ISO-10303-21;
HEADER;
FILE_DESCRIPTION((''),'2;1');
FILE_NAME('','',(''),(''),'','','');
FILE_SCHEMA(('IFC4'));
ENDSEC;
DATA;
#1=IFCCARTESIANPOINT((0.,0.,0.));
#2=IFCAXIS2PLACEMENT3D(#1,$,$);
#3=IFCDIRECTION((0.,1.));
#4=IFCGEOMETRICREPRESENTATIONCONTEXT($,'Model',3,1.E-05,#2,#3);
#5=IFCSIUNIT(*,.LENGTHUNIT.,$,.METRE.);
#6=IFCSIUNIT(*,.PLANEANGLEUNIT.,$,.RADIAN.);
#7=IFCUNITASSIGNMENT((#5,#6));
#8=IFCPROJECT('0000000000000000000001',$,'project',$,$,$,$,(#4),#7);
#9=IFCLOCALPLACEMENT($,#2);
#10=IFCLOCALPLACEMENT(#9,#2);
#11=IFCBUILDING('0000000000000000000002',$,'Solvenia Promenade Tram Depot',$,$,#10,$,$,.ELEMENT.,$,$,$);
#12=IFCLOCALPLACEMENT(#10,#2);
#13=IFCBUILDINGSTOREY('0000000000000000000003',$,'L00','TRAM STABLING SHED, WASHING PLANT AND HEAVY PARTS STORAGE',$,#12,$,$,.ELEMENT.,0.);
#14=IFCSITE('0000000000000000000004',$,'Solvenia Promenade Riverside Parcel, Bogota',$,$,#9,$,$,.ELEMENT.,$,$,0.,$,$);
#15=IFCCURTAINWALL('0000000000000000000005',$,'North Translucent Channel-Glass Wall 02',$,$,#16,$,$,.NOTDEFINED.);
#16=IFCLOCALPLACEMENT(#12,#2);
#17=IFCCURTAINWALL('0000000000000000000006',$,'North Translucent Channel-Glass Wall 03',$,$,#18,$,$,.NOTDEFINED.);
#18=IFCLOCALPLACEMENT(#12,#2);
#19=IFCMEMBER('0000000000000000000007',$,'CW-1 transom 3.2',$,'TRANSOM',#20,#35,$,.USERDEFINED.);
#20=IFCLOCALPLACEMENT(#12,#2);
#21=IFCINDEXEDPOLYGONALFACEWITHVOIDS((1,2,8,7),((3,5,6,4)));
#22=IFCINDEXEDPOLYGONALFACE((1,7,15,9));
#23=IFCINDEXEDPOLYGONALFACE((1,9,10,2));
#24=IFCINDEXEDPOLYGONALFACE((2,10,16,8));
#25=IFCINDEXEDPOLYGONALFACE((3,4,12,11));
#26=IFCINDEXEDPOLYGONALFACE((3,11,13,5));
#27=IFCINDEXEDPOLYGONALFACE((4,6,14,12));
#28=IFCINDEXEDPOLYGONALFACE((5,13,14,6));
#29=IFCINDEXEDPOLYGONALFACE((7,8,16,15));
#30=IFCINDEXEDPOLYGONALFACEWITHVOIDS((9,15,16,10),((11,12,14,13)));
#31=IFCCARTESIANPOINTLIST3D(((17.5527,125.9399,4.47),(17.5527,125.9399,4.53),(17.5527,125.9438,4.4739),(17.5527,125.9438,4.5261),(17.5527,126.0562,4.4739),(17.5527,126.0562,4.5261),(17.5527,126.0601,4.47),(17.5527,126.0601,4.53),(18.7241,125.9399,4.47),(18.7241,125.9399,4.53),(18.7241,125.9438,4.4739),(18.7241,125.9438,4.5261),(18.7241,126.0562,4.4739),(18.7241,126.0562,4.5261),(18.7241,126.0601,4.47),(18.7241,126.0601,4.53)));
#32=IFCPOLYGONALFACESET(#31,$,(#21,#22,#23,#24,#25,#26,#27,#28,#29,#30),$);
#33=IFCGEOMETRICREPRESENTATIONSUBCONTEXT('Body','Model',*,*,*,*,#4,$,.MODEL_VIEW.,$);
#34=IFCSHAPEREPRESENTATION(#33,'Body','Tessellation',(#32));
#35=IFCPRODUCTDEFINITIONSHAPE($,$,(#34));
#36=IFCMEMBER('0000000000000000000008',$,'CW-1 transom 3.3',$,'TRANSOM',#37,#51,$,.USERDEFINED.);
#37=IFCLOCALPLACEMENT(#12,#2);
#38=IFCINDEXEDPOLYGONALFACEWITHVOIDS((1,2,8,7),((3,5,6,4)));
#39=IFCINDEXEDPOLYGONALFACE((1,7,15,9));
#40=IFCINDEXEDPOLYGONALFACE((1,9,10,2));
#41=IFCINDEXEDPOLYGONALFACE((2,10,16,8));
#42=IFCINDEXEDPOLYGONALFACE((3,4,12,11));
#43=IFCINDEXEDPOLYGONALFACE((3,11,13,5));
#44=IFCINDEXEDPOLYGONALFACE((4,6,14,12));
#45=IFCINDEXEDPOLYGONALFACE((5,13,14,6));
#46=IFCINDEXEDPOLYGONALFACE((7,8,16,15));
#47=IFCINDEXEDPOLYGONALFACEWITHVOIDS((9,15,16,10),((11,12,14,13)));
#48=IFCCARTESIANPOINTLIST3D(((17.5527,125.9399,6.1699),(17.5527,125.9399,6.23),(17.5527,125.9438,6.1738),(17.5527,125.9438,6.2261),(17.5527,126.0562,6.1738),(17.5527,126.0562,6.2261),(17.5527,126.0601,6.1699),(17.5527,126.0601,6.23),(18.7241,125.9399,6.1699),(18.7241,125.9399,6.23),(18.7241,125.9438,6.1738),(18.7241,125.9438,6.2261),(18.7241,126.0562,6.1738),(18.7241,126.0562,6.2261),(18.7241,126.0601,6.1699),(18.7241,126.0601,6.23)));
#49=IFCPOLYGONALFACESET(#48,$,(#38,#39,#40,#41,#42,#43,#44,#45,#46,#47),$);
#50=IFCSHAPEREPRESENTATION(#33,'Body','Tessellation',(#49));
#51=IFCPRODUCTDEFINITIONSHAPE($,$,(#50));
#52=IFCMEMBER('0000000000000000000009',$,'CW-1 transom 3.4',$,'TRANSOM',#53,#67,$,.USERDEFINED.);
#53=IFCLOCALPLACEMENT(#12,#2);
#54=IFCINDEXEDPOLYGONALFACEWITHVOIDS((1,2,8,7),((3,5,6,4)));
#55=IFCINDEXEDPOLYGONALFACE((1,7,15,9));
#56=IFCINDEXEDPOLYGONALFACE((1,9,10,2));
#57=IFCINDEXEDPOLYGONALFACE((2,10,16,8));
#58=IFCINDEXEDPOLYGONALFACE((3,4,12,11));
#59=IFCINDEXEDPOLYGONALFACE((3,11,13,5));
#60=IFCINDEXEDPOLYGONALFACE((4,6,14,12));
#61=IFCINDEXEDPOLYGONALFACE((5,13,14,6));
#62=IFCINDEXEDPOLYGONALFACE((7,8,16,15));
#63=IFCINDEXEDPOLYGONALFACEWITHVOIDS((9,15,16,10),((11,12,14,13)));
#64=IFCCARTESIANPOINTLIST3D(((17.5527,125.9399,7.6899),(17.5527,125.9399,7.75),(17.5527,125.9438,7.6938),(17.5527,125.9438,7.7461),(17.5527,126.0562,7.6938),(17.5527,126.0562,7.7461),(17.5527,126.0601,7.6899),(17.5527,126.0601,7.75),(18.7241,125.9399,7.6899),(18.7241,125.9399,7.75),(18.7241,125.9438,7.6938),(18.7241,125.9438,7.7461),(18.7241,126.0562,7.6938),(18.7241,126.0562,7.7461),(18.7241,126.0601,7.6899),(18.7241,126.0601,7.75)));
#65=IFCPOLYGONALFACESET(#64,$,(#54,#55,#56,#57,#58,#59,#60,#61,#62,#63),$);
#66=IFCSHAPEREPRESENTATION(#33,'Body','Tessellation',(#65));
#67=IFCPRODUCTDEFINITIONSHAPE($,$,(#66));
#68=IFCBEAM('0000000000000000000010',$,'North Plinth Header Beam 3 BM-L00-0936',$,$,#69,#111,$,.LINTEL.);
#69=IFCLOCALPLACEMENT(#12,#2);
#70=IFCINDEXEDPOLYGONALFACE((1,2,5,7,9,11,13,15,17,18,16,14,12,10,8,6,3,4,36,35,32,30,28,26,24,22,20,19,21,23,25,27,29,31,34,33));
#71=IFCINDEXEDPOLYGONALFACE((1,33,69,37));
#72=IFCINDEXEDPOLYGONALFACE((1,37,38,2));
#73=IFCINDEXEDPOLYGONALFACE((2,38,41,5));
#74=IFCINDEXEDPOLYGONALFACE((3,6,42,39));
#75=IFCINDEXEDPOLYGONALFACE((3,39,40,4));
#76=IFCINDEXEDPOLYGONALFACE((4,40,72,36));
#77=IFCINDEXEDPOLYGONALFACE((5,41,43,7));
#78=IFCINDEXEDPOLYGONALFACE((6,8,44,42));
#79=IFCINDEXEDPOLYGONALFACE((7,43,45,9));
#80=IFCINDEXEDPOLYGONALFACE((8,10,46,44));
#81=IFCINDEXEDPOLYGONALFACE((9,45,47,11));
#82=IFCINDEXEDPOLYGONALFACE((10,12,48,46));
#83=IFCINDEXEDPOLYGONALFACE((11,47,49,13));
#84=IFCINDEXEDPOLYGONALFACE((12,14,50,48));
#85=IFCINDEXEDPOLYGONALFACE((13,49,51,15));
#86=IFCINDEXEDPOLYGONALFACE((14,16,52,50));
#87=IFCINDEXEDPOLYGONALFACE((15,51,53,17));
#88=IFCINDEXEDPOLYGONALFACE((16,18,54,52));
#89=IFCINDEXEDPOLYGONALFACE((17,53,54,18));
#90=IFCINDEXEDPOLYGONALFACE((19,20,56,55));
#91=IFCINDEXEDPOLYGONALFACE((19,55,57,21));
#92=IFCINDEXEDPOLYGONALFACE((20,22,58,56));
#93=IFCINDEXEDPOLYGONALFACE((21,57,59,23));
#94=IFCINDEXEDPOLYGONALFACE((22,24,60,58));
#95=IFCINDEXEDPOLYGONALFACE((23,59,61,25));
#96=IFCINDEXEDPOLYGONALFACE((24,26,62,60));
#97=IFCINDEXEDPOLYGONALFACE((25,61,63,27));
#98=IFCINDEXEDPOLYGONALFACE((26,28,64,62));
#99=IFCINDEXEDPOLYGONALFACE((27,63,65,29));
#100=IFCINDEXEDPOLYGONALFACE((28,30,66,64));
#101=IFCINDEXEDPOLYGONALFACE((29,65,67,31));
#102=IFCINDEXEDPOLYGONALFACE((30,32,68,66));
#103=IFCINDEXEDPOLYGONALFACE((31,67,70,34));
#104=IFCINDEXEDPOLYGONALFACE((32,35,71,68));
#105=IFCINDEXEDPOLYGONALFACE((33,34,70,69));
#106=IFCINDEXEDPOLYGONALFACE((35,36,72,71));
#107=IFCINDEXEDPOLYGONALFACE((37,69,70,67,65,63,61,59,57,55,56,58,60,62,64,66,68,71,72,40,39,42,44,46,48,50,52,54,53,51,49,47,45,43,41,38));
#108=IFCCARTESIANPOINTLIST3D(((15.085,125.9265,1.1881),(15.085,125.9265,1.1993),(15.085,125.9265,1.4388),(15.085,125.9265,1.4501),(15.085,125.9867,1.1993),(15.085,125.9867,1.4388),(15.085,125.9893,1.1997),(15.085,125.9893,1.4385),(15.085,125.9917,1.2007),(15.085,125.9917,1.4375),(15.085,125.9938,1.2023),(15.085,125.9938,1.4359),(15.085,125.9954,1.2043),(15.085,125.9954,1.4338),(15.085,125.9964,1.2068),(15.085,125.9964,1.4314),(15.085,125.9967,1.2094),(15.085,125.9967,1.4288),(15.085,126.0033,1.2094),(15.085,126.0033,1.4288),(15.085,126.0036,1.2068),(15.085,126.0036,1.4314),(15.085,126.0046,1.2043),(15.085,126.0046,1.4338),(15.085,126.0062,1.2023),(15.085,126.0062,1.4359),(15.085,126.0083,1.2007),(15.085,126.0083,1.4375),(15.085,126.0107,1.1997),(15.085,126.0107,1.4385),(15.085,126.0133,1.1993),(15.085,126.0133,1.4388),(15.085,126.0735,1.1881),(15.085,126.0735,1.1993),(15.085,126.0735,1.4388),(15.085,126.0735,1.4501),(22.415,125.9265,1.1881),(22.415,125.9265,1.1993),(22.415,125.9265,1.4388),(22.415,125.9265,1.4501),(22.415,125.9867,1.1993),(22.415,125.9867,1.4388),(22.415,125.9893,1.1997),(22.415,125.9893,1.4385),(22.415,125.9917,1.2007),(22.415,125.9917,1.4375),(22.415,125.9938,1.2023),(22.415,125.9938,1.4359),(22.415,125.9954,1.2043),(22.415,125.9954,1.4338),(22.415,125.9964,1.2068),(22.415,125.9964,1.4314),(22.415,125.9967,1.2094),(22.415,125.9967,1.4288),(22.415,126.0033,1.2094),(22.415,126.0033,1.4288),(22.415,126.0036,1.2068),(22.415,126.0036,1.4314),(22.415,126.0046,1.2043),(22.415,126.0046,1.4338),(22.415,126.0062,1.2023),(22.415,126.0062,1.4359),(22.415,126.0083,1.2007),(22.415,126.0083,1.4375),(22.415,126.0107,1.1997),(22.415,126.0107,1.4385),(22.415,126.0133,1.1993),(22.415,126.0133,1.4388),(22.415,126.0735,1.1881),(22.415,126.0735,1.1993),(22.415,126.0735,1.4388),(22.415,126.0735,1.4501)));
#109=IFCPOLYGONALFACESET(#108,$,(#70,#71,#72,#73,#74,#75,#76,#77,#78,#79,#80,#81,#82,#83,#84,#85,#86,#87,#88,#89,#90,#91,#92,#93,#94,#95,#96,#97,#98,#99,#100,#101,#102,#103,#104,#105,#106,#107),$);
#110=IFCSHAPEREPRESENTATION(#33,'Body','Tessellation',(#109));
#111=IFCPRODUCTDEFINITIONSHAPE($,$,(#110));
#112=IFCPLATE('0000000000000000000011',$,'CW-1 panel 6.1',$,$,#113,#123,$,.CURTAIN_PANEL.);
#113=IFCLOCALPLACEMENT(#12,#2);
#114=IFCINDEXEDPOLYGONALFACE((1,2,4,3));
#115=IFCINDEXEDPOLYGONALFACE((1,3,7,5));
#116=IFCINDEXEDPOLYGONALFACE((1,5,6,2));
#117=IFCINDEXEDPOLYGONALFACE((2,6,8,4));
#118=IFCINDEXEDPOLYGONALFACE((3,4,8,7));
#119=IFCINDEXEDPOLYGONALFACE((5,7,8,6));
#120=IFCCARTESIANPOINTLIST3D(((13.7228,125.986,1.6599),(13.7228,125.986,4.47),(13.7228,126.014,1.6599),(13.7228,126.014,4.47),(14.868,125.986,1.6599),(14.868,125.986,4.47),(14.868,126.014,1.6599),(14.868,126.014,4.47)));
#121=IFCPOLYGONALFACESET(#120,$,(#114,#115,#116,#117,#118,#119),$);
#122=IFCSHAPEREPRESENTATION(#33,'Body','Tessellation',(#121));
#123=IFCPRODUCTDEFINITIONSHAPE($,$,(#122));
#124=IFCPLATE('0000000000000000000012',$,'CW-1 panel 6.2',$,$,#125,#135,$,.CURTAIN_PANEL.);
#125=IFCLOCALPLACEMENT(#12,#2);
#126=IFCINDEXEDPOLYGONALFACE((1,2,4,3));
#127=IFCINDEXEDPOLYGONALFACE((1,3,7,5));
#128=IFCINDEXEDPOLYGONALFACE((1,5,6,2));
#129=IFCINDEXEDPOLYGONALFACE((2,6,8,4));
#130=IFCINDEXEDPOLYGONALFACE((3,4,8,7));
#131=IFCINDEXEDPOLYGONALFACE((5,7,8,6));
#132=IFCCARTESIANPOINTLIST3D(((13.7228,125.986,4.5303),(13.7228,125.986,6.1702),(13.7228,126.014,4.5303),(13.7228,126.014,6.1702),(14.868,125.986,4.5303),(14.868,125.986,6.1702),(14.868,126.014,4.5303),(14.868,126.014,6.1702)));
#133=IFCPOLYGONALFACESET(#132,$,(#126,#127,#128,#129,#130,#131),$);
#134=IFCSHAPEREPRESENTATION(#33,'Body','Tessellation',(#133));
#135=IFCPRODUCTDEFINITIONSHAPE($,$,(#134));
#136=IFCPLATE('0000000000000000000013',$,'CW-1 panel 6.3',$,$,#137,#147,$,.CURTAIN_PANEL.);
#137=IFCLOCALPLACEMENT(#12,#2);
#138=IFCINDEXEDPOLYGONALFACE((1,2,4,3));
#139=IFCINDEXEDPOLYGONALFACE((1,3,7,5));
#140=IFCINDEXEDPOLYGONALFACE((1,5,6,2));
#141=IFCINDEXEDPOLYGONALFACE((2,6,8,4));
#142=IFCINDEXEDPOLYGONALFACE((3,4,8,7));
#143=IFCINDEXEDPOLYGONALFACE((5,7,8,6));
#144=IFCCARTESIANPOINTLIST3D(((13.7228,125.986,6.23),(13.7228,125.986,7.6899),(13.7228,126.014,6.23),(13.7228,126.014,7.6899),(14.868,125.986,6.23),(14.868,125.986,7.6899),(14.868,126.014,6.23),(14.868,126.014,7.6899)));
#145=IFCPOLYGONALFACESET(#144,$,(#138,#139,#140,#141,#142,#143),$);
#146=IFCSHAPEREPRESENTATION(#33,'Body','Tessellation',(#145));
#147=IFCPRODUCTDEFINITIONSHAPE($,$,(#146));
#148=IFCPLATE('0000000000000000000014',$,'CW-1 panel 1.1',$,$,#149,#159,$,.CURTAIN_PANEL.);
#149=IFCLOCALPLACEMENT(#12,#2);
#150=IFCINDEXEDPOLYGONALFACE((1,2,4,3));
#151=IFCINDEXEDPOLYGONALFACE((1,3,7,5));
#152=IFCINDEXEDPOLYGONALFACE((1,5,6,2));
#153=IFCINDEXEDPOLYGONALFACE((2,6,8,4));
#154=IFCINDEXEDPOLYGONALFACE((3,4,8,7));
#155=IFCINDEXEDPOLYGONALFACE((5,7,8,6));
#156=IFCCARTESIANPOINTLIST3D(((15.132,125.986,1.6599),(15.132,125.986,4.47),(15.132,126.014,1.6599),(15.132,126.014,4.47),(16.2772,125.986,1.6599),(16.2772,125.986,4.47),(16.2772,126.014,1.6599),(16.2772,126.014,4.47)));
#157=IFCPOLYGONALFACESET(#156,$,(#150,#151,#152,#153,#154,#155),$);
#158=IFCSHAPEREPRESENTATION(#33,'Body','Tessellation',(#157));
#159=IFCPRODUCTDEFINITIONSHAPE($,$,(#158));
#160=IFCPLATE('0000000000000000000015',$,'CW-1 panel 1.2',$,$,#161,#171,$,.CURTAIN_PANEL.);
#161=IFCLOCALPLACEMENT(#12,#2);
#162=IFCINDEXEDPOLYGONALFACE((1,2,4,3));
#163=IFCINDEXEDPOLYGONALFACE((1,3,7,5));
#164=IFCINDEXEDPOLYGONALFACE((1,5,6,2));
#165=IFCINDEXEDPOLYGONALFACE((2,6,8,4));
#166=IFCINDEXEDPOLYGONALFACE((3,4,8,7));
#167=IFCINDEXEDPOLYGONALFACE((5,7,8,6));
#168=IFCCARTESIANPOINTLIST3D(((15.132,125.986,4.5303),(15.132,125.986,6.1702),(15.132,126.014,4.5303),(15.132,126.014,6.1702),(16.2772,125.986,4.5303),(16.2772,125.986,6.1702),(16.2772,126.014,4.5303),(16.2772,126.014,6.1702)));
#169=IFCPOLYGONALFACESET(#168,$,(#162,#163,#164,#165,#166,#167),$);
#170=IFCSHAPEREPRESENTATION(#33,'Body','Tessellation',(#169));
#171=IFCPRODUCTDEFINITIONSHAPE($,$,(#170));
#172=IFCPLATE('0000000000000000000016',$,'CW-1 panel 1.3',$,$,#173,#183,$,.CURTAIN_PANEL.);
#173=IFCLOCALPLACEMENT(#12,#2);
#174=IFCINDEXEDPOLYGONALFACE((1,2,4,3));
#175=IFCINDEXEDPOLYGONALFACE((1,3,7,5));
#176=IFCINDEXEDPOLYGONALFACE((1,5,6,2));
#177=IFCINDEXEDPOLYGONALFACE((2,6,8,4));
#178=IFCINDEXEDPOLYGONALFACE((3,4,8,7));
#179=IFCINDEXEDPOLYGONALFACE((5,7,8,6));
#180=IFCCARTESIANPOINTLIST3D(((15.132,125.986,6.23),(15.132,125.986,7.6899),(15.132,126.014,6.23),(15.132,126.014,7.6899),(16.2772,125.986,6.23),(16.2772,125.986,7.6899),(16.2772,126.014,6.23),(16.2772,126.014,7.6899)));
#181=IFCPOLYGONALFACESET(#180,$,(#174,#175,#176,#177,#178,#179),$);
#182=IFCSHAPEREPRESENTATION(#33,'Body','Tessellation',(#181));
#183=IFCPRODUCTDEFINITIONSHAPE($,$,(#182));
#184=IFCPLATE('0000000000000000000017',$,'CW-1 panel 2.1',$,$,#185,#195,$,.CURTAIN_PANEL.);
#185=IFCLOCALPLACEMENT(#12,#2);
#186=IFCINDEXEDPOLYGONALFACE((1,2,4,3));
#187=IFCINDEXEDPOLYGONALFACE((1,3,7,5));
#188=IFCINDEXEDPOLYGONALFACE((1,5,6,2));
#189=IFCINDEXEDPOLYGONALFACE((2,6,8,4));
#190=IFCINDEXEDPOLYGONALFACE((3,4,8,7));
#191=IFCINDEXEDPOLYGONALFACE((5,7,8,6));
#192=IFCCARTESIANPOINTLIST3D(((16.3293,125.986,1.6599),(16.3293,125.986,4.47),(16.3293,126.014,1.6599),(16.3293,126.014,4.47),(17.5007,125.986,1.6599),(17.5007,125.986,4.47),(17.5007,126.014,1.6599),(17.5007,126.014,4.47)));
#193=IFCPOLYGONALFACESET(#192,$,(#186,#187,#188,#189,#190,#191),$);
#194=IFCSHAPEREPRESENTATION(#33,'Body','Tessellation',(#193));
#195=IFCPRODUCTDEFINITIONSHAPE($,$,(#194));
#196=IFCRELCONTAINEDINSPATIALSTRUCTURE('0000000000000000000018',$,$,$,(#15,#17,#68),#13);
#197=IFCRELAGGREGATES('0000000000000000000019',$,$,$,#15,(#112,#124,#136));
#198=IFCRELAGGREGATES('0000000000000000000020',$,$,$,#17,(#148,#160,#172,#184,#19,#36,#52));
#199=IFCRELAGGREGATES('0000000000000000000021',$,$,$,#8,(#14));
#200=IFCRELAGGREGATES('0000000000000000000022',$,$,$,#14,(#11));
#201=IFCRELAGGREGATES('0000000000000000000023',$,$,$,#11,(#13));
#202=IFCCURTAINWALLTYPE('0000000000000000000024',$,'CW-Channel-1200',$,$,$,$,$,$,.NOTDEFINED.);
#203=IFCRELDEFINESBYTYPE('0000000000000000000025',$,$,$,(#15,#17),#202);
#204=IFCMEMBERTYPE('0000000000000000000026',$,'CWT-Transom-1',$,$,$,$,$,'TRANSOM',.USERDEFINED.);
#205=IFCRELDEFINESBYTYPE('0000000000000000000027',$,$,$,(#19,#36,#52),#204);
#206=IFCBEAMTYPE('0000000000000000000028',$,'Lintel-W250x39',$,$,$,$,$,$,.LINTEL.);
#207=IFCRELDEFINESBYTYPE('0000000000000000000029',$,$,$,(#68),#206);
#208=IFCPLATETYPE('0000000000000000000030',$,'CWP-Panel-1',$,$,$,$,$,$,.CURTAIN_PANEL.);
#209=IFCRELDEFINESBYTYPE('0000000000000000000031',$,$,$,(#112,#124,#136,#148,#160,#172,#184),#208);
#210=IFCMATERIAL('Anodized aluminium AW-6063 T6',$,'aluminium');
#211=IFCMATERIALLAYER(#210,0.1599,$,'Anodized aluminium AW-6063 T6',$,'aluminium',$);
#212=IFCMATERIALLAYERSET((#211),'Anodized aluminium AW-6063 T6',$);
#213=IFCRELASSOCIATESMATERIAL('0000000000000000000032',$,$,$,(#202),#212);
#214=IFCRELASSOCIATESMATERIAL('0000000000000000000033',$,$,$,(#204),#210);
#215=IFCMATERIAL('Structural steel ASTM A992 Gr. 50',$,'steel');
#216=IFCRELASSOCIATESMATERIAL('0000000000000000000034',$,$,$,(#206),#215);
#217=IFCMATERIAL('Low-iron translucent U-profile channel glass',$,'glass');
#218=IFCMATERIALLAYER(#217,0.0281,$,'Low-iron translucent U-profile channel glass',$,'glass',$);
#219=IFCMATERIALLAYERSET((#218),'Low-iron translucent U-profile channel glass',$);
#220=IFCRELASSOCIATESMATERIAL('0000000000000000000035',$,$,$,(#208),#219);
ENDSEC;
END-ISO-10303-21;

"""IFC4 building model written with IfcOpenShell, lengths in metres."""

from ifc_helpers import new_model, si_unit, direction, frame, origin, origin_2d, place, context, subcontext, project, spatial, rectangle, hollow_rectangle, i_section, extrude, material, layer, layer_set, material_profile, profile_set, type_object, element, aggregate, save


model = new_model("IFC4")

# Units and contexts
model_context = context("Model", 3, precision=1e-05, world=origin(), true_north=direction((0.0, 1.0)))
body_context = subcontext(model_context, "Body", "Model", "MODEL_VIEW")
ifc_project = project(units=[si_unit("LENGTHUNIT", "METRE"), si_unit("PLANEANGLEUNIT", "RADIAN")], contexts=[model_context])

# Site, building, storey
site_placement = place(None, origin())
site = spatial("IfcSite", under=ifc_project, at=site_placement, Name="Solvenia Promenade Riverside Parcel, Bogota", CompositionType="ELEMENT", RefElevation=0.0)
building_placement = place(site_placement, origin())
building = spatial("IfcBuilding", under=site, at=building_placement, Name="Solvenia Promenade Tram Depot", CompositionType="ELEMENT")
storey_placement = place(building_placement, origin())
storey = spatial("IfcBuildingStorey", under=building, at=storey_placement, Name="L00", Description="TRAM STABLING SHED, WASHING PLANT AND HEAVY PARTS STORAGE", CompositionType="ELEMENT", Elevation=0.0)

# Shared definitions
ifc_material_1 = material(Name="Structural steel ASTM A992 Gr. 50", Category="steel")

# Curtain wall
ifc_material_2 = material(Name="Anodized aluminium AW-6063 T6", Category="aluminium")
ifc_layer_1 = layer(ifc_material_2, 0.1599, Name="Anodized aluminium AW-6063 T6", Category="aluminium")
ifc_layer_set_1 = layer_set([ifc_layer_1], Name="Anodized aluminium AW-6063 T6")
curtain_wall_type = type_object("IfcCurtainWallType", Name="CW-Channel-1200", PredefinedType="NOTDEFINED", material=ifc_layer_set_1)
curtain_wall_1_placement = place(storey_placement, origin())
curtain_wall_1 = element("IfcCurtainWall", 1, at=curtain_wall_1_placement, inside=storey, type_object=curtain_wall_type, Name="North Translucent Channel-Glass Wall 02", PredefinedType="NOTDEFINED")

# Curtain wall, members
curtain_wall_2_placement = place(storey_placement, origin())
curtain_wall_2 = element("IfcCurtainWall", 2, at=curtain_wall_2_placement, inside=storey, type_object=curtain_wall_type, Name="North Translucent Channel-Glass Wall 03", PredefinedType="NOTDEFINED")
ifc_material_profile_1 = material_profile(ifc_material_2, hollow_rectangle(XDim=0.1201, YDim=0.0601, WallThickness=0.0039, at=origin_2d()), Name="ALU-T1", Category="aluminium")
ifc_profile_set_1 = profile_set([ifc_material_profile_1], Name="Anodized aluminium AW-6063 T6")
member_type_1 = type_object("IfcMemberType", Name="CWT-Transom-1", ElementType="TRANSOM", PredefinedType="USERDEFINED", material=ifc_profile_set_1)
member_1_placement = place(storey_placement, frame((17.5527, 126.0, 4.5), z_axis=(1.0, 0.0, 0.0), x_axis=(0.0, 1.0, 0.0)))
member_1 = element("IfcMember", 3, at=member_1_placement, type_object=member_type_1, Name="CW-1 transom 3.2", ObjectType="TRANSOM", PredefinedType="USERDEFINED", context=body_context, shape_type="SweptSolid", body=[
    extrude(hollow_rectangle(XDim=0.1201, YDim=0.0601, WallThickness=0.0039, at=origin_2d()), origin(), (0.0, 0.0, 1.0), 1.1714),
])
member_2_placement = place(storey_placement, frame((17.5527, 126.0, 6.2), z_axis=(1.0, 0.0, 0.0), x_axis=(0.0, 1.0, 0.0)))
member_2 = element("IfcMember", 4, at=member_2_placement, type_object=member_type_1, Name="CW-1 transom 3.3", ObjectType="TRANSOM", PredefinedType="USERDEFINED", context=body_context, shape_type="SweptSolid", body=[
    extrude(hollow_rectangle(XDim=0.1201, YDim=0.0601, WallThickness=0.0039, at=origin_2d()), origin(), (0.0, 0.0, 1.0), 1.1714),
])
member_3_placement = place(storey_placement, frame((17.5527, 126.0, 7.72), z_axis=(1.0, 0.0, 0.0), x_axis=(0.0, 1.0, 0.0)))
member_3 = element("IfcMember", 5, at=member_3_placement, type_object=member_type_1, Name="CW-1 transom 3.4", ObjectType="TRANSOM", PredefinedType="USERDEFINED", context=body_context, shape_type="SweptSolid", body=[
    extrude(hollow_rectangle(XDim=0.1201, YDim=0.0601, WallThickness=0.0039, at=origin_2d()), origin(), (0.0, 0.0, 1.0), 1.1714),
])

# Beam
ifc_material_profile_2 = material_profile(ifc_material_1, i_section(OverallWidth=0.147, OverallDepth=0.262, WebThickness=0.0066, FlangeThickness=0.0112, FilletRadius=0.01, at=origin_2d()), Name="W250x39", Category="steel")
ifc_profile_set_2 = profile_set([ifc_material_profile_2], Name="Structural steel ASTM A992 Gr. 50")
beam_type = type_object("IfcBeamType", Name="Lintel-W250x39", PredefinedType="LINTEL", material=ifc_profile_set_2)
beam_placement = place(storey_placement, frame((15.085, 126.0, 1.3191), z_axis=(1.0, 0.0, 0.0), x_axis=(0.0, 1.0, 0.0)))
element("IfcBeam", 6, at=beam_placement, inside=storey, type_object=beam_type, Name="North Plinth Header Beam 3 BM-L00-0936", PredefinedType="LINTEL", context=body_context, shape_type="SweptSolid", body=[
    extrude(i_section(OverallWidth=0.147, OverallDepth=0.262, WebThickness=0.0066, FlangeThickness=0.0112, FilletRadius=0.01, at=origin_2d()), origin(), (0.0, 0.0, 1.0), 7.3301),
])

# Plates
ifc_material_3 = material(Name="Low-iron translucent U-profile channel glass", Category="glass")
ifc_layer_2 = layer(ifc_material_3, 0.0281, Name="Low-iron translucent U-profile channel glass", Category="glass")
ifc_layer_set_2 = layer_set([ifc_layer_2], Name="Low-iron translucent U-profile channel glass")
plate_type = type_object("IfcPlateType", Name="CWP-Panel-1", PredefinedType="CURTAIN_PANEL", material=ifc_layer_set_2)
plate_1_placement = place(storey_placement, frame((14.2954, 126.0, 1.6599), z_axis=(0.0, 0.0, 1.0), x_axis=(1.0, 0.0, 0.0)))
plate_1 = element("IfcPlate", 7, at=plate_1_placement, type_object=plate_type, Name="CW-1 panel 6.1", PredefinedType="CURTAIN_PANEL", context=body_context, shape_type="SweptSolid", body=[
    extrude(rectangle(XDim=1.1453, YDim=0.0281, at=origin_2d()), origin(), (0.0, 0.0, 1.0), 2.8101),
])
plate_2_placement = place(storey_placement, frame((14.2954, 126.0, 4.5303), z_axis=(0.0, 0.0, 1.0), x_axis=(1.0, 0.0, 0.0)))
plate_2 = element("IfcPlate", 8, at=plate_2_placement, type_object=plate_type, Name="CW-1 panel 6.2", PredefinedType="CURTAIN_PANEL", context=body_context, shape_type="SweptSolid", body=[
    extrude(rectangle(XDim=1.1453, YDim=0.0281, at=origin_2d()), origin(), (0.0, 0.0, 1.0), 1.6399),
])
plate_3_placement = place(storey_placement, frame((14.2954, 126.0, 6.23), z_axis=(0.0, 0.0, 1.0), x_axis=(1.0, 0.0, 0.0)))
plate_3 = element("IfcPlate", 9, at=plate_3_placement, type_object=plate_type, Name="CW-1 panel 6.3", PredefinedType="CURTAIN_PANEL", context=body_context, shape_type="SweptSolid", body=[
    extrude(rectangle(XDim=1.1453, YDim=0.0281, at=origin_2d()), origin(), (0.0, 0.0, 1.0), 1.46),
])
aggregate(curtain_wall_1, [plate_1, plate_2, plate_3])
plate_4_placement = place(storey_placement, frame((15.7046, 126.0, 1.6599), z_axis=(0.0, 0.0, 1.0), x_axis=(1.0, 0.0, 0.0)))
plate_4 = element("IfcPlate", 10, at=plate_4_placement, type_object=plate_type, Name="CW-1 panel 1.1", PredefinedType="CURTAIN_PANEL", context=body_context, shape_type="SweptSolid", body=[
    extrude(rectangle(XDim=1.1453, YDim=0.0281, at=origin_2d()), origin(), (0.0, 0.0, 1.0), 2.8101),
])
plate_5_placement = place(storey_placement, frame((15.7046, 126.0, 4.5303), z_axis=(0.0, 0.0, 1.0), x_axis=(1.0, 0.0, 0.0)))
plate_5 = element("IfcPlate", 11, at=plate_5_placement, type_object=plate_type, Name="CW-1 panel 1.2", PredefinedType="CURTAIN_PANEL", context=body_context, shape_type="SweptSolid", body=[
    extrude(rectangle(XDim=1.1453, YDim=0.0281, at=origin_2d()), origin(), (0.0, 0.0, 1.0), 1.6399),
])
plate_6_placement = place(storey_placement, frame((15.7046, 126.0, 6.23), z_axis=(0.0, 0.0, 1.0), x_axis=(1.0, 0.0, 0.0)))
plate_6 = element("IfcPlate", 12, at=plate_6_placement, type_object=plate_type, Name="CW-1 panel 1.3", PredefinedType="CURTAIN_PANEL", context=body_context, shape_type="SweptSolid", body=[
    extrude(rectangle(XDim=1.1453, YDim=0.0281, at=origin_2d()), origin(), (0.0, 0.0, 1.0), 1.46),
])
plate_7_placement = place(storey_placement, frame((16.915, 126.0, 1.6599), z_axis=(0.0, 0.0, 1.0), x_axis=(1.0, 0.0, 0.0)))
plate_7 = element("IfcPlate", 13, at=plate_7_placement, type_object=plate_type, Name="CW-1 panel 2.1", PredefinedType="CURTAIN_PANEL", context=body_context, shape_type="SweptSolid", body=[
    extrude(rectangle(XDim=1.1714, YDim=0.0281, at=origin_2d()), origin(), (0.0, 0.0, 1.0), 2.8101),
])
aggregate(curtain_wall_2, [plate_4, plate_5, plate_6, plate_7, member_1, member_2, member_3])

save(model, "model.ifc")
